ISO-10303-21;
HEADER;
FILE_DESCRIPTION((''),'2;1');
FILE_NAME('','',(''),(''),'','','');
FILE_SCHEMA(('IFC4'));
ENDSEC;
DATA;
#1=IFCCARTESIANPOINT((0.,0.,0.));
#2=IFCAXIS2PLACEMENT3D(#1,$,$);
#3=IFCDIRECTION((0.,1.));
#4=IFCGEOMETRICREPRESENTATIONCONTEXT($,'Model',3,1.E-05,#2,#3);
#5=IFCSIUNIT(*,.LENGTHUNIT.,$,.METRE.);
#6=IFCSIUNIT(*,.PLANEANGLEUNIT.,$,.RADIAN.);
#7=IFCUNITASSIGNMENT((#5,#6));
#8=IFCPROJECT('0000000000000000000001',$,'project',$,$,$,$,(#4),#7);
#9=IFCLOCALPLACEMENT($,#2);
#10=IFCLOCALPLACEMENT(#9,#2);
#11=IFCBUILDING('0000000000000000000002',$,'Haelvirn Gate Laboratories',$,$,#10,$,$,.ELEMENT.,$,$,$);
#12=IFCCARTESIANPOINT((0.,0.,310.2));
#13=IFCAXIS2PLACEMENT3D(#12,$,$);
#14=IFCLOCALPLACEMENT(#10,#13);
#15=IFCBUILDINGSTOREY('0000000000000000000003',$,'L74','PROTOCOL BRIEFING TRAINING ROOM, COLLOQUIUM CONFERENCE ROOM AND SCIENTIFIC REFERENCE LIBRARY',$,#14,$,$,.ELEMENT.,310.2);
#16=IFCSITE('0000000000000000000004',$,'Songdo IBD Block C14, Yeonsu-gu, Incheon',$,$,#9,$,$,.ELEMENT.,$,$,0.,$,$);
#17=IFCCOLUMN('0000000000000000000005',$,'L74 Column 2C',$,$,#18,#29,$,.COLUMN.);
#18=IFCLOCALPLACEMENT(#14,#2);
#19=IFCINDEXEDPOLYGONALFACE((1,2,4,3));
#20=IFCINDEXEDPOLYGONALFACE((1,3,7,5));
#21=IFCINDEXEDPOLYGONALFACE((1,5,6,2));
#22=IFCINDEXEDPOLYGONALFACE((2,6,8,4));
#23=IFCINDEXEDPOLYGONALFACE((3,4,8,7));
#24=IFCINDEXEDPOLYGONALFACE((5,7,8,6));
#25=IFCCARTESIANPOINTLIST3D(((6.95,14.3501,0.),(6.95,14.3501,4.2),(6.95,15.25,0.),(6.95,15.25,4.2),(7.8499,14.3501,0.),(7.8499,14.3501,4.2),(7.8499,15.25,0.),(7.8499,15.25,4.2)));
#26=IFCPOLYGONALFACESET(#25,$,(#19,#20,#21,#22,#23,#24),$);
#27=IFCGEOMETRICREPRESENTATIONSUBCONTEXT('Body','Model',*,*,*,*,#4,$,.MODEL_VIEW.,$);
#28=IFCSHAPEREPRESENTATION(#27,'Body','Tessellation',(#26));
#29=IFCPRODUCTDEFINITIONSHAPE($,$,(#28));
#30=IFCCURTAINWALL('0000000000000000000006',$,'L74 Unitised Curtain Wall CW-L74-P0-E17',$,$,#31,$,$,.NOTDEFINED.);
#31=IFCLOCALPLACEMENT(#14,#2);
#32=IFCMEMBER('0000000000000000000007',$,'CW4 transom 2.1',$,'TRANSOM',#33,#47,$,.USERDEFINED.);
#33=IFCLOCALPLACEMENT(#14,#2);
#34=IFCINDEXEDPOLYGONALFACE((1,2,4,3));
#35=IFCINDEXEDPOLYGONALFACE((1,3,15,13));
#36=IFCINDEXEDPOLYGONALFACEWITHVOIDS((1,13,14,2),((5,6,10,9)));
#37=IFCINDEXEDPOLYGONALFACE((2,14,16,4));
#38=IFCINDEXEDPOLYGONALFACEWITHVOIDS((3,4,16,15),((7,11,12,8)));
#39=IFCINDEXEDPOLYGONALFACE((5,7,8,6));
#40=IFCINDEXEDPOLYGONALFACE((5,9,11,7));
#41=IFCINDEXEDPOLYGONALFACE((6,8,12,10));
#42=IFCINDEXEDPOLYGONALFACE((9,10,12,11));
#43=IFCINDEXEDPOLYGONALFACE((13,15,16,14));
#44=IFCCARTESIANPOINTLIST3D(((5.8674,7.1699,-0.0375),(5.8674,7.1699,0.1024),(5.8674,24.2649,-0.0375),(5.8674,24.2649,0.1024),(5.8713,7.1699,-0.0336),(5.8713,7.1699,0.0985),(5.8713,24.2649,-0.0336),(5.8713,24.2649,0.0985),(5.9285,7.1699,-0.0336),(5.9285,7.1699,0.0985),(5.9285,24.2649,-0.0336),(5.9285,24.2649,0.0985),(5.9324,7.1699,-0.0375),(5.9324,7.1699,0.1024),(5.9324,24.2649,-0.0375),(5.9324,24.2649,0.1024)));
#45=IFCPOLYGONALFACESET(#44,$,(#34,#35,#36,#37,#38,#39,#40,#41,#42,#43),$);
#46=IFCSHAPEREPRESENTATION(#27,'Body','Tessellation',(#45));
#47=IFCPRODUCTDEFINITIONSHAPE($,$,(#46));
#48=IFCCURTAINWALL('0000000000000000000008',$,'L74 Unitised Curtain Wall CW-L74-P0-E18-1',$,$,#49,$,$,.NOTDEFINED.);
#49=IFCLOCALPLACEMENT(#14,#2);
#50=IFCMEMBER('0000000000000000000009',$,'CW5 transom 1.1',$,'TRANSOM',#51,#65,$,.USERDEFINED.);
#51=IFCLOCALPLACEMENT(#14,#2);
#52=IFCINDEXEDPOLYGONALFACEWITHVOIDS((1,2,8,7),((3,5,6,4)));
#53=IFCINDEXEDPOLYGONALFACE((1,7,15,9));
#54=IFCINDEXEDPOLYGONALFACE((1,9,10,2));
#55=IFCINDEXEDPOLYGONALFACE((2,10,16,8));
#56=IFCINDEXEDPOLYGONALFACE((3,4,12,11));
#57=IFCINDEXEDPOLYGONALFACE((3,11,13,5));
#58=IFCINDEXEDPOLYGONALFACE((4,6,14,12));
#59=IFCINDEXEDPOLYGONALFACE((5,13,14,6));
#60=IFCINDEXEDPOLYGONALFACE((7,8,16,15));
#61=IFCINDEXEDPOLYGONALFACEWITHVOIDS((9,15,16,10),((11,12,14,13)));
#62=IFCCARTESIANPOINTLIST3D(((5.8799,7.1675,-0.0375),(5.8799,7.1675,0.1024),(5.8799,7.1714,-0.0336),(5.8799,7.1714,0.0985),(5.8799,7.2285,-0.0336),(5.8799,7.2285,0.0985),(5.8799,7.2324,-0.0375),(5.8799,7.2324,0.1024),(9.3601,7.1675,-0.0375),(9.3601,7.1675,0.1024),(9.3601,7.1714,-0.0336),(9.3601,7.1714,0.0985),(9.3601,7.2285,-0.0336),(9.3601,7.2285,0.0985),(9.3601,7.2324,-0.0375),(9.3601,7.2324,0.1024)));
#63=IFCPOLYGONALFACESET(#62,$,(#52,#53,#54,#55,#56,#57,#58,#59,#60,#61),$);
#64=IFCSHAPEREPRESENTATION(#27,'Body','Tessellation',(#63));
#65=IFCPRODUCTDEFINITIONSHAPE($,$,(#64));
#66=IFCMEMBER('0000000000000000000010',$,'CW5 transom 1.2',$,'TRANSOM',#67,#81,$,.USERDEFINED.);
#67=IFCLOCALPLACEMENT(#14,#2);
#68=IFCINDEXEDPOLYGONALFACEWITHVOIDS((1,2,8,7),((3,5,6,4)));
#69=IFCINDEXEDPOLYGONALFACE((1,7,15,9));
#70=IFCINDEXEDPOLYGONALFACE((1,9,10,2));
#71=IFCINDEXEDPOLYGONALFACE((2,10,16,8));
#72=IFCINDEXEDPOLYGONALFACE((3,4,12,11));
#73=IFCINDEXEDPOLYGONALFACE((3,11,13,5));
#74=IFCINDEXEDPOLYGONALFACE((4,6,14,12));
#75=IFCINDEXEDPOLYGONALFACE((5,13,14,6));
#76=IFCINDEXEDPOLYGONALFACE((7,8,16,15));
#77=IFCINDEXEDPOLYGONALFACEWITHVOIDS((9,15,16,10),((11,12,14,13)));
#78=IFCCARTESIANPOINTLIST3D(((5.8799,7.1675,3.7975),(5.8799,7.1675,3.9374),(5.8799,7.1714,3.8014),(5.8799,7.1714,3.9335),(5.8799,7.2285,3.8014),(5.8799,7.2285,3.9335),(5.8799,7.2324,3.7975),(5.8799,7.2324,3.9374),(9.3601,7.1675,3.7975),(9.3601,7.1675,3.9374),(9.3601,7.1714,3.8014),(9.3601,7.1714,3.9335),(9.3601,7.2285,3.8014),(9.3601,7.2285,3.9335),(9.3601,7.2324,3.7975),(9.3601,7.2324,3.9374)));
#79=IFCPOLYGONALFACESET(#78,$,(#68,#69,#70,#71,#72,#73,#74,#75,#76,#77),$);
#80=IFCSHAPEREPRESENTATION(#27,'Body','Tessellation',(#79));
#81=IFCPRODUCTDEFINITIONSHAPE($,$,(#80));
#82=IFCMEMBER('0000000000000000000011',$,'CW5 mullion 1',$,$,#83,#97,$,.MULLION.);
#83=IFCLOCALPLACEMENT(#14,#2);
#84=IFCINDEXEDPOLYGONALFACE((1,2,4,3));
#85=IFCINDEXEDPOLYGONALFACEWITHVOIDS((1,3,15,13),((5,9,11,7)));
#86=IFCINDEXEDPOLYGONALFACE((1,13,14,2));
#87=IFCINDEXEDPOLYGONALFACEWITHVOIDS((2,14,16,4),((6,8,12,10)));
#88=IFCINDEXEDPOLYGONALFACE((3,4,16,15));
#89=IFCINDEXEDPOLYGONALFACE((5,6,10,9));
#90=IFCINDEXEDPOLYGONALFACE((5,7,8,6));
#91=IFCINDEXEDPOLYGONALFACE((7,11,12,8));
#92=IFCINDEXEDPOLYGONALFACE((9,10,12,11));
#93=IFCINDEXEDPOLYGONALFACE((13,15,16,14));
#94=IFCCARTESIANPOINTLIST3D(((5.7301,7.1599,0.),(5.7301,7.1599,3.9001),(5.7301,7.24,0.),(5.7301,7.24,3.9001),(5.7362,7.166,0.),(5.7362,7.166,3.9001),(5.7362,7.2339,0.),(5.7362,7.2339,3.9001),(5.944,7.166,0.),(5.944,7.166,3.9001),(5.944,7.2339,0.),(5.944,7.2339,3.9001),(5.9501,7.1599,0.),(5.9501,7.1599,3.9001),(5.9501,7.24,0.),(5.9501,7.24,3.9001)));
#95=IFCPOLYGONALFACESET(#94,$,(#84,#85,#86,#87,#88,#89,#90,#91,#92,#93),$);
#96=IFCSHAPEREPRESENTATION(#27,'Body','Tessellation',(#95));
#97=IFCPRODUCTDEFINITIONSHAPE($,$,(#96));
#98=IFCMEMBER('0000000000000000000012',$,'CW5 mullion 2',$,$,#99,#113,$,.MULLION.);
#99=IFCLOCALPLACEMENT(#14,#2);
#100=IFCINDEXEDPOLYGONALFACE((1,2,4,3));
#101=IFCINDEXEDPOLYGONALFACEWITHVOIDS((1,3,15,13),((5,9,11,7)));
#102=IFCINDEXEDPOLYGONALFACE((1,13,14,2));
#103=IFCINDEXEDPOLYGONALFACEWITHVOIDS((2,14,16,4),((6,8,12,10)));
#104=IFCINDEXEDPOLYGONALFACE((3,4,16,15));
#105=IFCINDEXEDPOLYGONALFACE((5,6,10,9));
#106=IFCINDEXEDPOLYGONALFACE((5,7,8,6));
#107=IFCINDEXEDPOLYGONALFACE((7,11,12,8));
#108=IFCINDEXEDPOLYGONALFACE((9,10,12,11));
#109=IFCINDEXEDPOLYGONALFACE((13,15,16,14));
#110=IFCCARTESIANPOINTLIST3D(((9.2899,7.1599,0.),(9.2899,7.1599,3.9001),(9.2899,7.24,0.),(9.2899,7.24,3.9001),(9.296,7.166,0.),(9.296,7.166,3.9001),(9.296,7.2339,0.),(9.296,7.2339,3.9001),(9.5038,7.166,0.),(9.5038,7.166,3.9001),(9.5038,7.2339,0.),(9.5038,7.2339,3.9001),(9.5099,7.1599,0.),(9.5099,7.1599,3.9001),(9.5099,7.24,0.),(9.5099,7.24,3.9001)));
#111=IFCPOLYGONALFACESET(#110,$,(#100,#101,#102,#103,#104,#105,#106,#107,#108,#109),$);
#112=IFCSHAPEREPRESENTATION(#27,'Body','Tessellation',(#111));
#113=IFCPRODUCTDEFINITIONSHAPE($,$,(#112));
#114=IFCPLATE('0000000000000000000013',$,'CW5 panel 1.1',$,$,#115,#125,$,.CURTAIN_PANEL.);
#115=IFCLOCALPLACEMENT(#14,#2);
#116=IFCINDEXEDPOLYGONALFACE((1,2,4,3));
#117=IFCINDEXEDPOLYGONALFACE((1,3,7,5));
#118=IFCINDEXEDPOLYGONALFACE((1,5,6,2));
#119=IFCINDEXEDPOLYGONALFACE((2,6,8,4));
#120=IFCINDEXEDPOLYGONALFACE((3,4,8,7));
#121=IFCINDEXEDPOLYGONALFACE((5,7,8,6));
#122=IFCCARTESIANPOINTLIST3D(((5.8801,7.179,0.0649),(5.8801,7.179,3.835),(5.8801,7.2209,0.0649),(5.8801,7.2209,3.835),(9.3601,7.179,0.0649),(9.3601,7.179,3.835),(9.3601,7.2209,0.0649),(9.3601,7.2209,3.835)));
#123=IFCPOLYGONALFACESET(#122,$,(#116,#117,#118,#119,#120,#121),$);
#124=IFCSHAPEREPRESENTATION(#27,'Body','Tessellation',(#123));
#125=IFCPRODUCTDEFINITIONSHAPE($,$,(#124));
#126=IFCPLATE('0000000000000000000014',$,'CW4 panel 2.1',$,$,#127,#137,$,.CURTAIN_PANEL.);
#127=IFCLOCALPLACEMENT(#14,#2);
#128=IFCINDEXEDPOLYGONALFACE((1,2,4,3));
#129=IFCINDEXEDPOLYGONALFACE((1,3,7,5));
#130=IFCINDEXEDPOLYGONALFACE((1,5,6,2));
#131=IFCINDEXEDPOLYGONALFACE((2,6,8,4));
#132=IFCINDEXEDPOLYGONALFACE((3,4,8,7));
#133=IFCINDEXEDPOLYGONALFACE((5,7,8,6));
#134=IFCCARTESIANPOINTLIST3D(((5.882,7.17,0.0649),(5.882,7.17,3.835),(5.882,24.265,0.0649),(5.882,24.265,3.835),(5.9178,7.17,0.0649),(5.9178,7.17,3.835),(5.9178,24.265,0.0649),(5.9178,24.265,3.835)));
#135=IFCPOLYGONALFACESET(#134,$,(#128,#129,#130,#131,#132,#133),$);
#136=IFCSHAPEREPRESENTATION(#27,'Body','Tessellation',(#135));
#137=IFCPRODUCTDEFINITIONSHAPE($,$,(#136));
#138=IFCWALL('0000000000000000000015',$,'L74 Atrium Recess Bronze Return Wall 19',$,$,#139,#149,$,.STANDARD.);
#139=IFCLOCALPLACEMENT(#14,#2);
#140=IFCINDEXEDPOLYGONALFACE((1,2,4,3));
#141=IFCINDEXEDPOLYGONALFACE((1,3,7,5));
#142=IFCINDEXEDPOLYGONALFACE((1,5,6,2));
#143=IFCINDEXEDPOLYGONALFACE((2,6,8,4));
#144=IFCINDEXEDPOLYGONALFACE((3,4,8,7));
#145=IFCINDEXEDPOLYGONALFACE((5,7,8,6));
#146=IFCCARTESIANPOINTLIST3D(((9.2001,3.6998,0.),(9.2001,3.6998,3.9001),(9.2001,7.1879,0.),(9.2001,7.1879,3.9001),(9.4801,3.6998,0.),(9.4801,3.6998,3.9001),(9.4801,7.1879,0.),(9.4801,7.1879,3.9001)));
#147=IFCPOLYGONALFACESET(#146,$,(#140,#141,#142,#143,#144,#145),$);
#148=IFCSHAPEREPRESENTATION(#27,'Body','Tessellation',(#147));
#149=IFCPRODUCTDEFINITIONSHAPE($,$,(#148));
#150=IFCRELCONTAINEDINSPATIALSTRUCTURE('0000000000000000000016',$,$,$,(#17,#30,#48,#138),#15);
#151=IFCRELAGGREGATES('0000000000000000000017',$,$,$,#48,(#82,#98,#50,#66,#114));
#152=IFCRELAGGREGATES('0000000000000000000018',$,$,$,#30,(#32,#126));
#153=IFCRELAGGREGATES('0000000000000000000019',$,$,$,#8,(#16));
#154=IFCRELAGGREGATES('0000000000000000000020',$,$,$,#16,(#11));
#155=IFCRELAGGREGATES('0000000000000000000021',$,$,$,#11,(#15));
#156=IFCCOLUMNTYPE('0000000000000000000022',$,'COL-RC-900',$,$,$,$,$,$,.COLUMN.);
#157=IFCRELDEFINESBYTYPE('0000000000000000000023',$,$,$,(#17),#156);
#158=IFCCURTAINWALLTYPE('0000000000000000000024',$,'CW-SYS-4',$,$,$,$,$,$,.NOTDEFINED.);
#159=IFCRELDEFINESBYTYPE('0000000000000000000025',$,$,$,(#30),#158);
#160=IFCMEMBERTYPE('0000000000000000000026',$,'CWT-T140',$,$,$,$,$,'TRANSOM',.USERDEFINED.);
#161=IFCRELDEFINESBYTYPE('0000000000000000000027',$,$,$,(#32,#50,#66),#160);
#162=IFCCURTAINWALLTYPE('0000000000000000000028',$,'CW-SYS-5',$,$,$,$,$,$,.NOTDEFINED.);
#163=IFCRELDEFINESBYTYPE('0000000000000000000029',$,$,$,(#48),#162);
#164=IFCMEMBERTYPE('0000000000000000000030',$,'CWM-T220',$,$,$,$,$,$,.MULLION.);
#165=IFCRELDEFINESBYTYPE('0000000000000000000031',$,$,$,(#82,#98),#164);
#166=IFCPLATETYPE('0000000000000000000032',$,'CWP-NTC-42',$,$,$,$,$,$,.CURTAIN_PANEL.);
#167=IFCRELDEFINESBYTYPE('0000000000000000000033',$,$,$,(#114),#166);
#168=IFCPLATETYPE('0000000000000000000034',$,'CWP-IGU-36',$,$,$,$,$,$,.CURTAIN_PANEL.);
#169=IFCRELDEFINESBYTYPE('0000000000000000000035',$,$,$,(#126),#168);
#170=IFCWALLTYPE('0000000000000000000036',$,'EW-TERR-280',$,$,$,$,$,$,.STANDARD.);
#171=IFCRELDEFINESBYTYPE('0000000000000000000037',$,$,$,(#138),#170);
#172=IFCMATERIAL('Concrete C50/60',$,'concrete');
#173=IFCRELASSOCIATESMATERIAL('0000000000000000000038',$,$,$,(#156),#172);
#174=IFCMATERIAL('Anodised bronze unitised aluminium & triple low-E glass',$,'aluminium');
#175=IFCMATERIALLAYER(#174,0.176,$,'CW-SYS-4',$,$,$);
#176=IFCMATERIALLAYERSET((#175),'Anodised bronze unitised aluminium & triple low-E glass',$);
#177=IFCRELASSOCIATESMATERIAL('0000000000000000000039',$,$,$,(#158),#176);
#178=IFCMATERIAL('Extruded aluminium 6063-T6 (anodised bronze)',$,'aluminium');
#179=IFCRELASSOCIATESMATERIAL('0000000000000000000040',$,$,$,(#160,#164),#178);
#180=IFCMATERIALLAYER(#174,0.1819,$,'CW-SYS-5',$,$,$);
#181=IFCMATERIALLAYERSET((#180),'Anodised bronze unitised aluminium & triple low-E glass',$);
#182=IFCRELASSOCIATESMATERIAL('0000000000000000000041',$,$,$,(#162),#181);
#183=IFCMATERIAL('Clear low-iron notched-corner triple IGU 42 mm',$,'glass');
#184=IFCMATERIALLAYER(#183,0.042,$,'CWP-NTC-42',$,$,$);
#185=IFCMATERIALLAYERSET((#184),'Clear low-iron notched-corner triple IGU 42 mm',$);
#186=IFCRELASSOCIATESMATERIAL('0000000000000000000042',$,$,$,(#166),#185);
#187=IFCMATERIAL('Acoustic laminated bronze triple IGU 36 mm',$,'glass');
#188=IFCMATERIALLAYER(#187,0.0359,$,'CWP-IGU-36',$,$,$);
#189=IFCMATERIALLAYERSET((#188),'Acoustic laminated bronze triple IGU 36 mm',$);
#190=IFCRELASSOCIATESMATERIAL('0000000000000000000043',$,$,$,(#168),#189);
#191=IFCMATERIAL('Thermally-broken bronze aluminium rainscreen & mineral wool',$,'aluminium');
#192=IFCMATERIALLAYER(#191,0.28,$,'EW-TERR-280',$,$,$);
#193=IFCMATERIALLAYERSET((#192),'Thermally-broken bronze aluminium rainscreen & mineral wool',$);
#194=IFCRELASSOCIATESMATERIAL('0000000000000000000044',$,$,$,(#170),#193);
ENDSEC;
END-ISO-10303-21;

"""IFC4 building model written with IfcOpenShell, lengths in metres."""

from ifc_helpers import new_model, si_unit, direction, frame, frame_2d, origin, origin_2d, place, context, subcontext, project, spatial, rectangle, hollow_rectangle, extrude, source, transform, mapped, material, layer, layer_set, material_profile, profile_set, type_object, type_shapes, element, aggregate, save


model = new_model("IFC4")

# Units and contexts
model_context = context("Model", 3, precision=1e-05, world=origin(), true_north=direction((0.0, 1.0)))
body_context = subcontext(model_context, "Body", "Model", "MODEL_VIEW")
ifc_project = project(units=[si_unit("LENGTHUNIT", "METRE"), si_unit("PLANEANGLEUNIT", "RADIAN")], contexts=[model_context])

# Site, building, storey
site_placement = place(None, origin())
site = spatial("IfcSite", under=ifc_project, at=site_placement, Name="Songdo IBD Block C14, Yeonsu-gu, Incheon", CompositionType="ELEMENT", RefElevation=0.0)
building_placement = place(site_placement, origin())
building = spatial("IfcBuilding", under=site, at=building_placement, Name="Haelvirn Gate Laboratories", CompositionType="ELEMENT")
storey_placement = place(building_placement, frame((0.0, 0.0, 310.2)))
storey = spatial("IfcBuildingStorey", under=building, at=storey_placement, Name="L74", Description="PROTOCOL BRIEFING TRAINING ROOM, COLLOQUIUM CONFERENCE ROOM AND SCIENTIFIC REFERENCE LIBRARY", CompositionType="ELEMENT", Elevation=310.2)

# Column
ifc_material_1 = material(Name="Concrete C50/60", Category="concrete")
ifc_material_profile_1 = material_profile(ifc_material_1, rectangle(XDim=0.8999, YDim=0.8999, at=origin_2d()), Name="RC-900x900")
ifc_profile_set_1 = profile_set([ifc_material_profile_1], Name="Concrete C50/60")
column_type = type_object("IfcColumnType", Name="COL-RC-900", PredefinedType="COLUMN", material=ifc_profile_set_1)
shared_shape_1 = source(origin(), body_context, "Body", "SweptSolid", [
    extrude(rectangle(XDim=0.8999, YDim=0.8999, at=origin_2d()), origin(), (0.0, 0.0, 1.0), 4.2),
])
type_shapes(column_type, [shared_shape_1])
column_placement = place(storey_placement, frame((7.3999, 14.8, 0.0), z_axis=(0.0, 0.0, 1.0), x_axis=(1.0, 0.0, 0.0)))
element("IfcColumn", 1, at=column_placement, inside=storey, type_object=column_type, Name="L74 Column 2C", PredefinedType="COLUMN", context=body_context, shape_type="MappedRepresentation", body=[
    mapped(shared_shape_1, transform((0.0, 0.0, 0.0), scale=1.0)),
])

# Curtain wall, member
ifc_material_2 = material(Name="Anodised bronze unitised aluminium & triple low-E glass", Category="aluminium")
ifc_layer_1 = layer(ifc_material_2, 0.176, Name="CW-SYS-4")
ifc_layer_set_1 = layer_set([ifc_layer_1], Name="Anodised bronze unitised aluminium & triple low-E glass")
curtain_wall_type_1 = type_object("IfcCurtainWallType", Name="CW-SYS-4", PredefinedType="NOTDEFINED", material=ifc_layer_set_1)
curtain_wall_1_placement = place(storey_placement, origin())
curtain_wall_1 = element("IfcCurtainWall", 2, at=curtain_wall_1_placement, inside=storey, type_object=curtain_wall_type_1, Name="L74 Unitised Curtain Wall CW-L74-P0-E17", PredefinedType="NOTDEFINED")
ifc_material_3 = material(Name="Extruded aluminium 6063-T6 (anodised bronze)", Category="aluminium")
ifc_material_profile_2 = material_profile(ifc_material_3, hollow_rectangle(XDim=0.0649, YDim=0.1399, WallThickness=0.0039, at=origin_2d()), Name="CWT-140x65x4")
ifc_profile_set_2 = profile_set([ifc_material_profile_2], Name="Extruded aluminium 6063-T6 (anodised bronze)")
member_type_1 = type_object("IfcMemberType", Name="CWT-T140", ElementType="TRANSOM", PredefinedType="USERDEFINED", material=ifc_profile_set_2)
shared_shape_2 = source(origin(), body_context, "Body", "SweptSolid", [
    extrude(hollow_rectangle(XDim=0.0649, YDim=0.1399, WallThickness=0.0039, at=origin_2d()), origin(), (0.0, 0.0, 1.0), 17.095),
])
member_1_placement = place(storey_placement, frame((5.8999, 24.2649, 0.0325), z_axis=(0.0, -1.0, 0.0), x_axis=(1.0, 0.0, 0.0)))
member_1 = element("IfcMember", 3, at=member_1_placement, type_object=member_type_1, Name="CW4 transom 2.1", ObjectType="TRANSOM", PredefinedType="USERDEFINED", context=body_context, shape_type="MappedRepresentation", body=[
    mapped(shared_shape_2, transform((0.0, 0.0, 0.0), scale=1.0)),
])

# Curtain wall, members, plate
ifc_layer_2 = layer(ifc_material_2, 0.1819, Name="CW-SYS-5")
ifc_layer_set_2 = layer_set([ifc_layer_2], Name="Anodised bronze unitised aluminium & triple low-E glass")
curtain_wall_type_2 = type_object("IfcCurtainWallType", Name="CW-SYS-5", PredefinedType="NOTDEFINED", material=ifc_layer_set_2)
curtain_wall_2_placement = place(storey_placement, origin())
curtain_wall_2 = element("IfcCurtainWall", 4, at=curtain_wall_2_placement, inside=storey, type_object=curtain_wall_type_2, Name="L74 Unitised Curtain Wall CW-L74-P0-E18-1", PredefinedType="NOTDEFINED")
shared_shape_3 = source(origin(), body_context, "Body", "SweptSolid", [
    extrude(hollow_rectangle(XDim=0.0649, YDim=0.1399, WallThickness=0.0039, at=origin_2d()), origin(), (0.0, 0.0, 1.0), 3.4802),
])
type_shapes(member_type_1, [shared_shape_2, shared_shape_3])
member_2_placement = place(storey_placement, frame((5.8799, 7.2, 0.0325), z_axis=(1.0, 0.0, 0.0), x_axis=(0.0, 1.0, 0.0)))
member_2 = element("IfcMember", 5, at=member_2_placement, type_object=member_type_1, Name="CW5 transom 1.1", ObjectType="TRANSOM", PredefinedType="USERDEFINED", context=body_context, shape_type="MappedRepresentation", body=[
    mapped(shared_shape_3, transform((0.0, 0.0, 0.0), scale=1.0)),
])
member_3_placement = place(storey_placement, frame((5.8799, 7.2, 3.8674), z_axis=(1.0, 0.0, 0.0), x_axis=(0.0, 1.0, 0.0)))
member_3 = element("IfcMember", 6, at=member_3_placement, type_object=member_type_1, Name="CW5 transom 1.2", ObjectType="TRANSOM", PredefinedType="USERDEFINED", context=body_context, shape_type="MappedRepresentation", body=[
    mapped(shared_shape_3, transform((0.0, 0.0, 0.0), scale=1.0)),
])
ifc_material_profile_3 = material_profile(ifc_material_3, hollow_rectangle(XDim=0.0801, YDim=0.22, WallThickness=0.0061, at=origin_2d()), Name="CWM-220x80x6")
ifc_profile_set_3 = profile_set([ifc_material_profile_3], Name="Extruded aluminium 6063-T6 (anodised bronze)")
member_type_2 = type_object("IfcMemberType", Name="CWM-T220", PredefinedType="MULLION", material=ifc_profile_set_3)
shared_shape_4 = source(origin(), body_context, "Body", "SweptSolid", [
    extrude(hollow_rectangle(XDim=0.0801, YDim=0.22, WallThickness=0.0061, at=origin_2d()), origin(), (0.0, 0.0, 1.0), 3.9001),
])
type_shapes(member_type_2, [shared_shape_4])
member_4_placement = place(storey_placement, frame((5.8401, 7.2, 0.0), z_axis=(0.0, 0.0, 1.0), x_axis=(0.0, 1.0, 0.0)))
member_4 = element("IfcMember", 7, at=member_4_placement, type_object=member_type_2, Name="CW5 mullion 1", PredefinedType="MULLION", context=body_context, shape_type="MappedRepresentation", body=[
    mapped(shared_shape_4, transform((0.0, 0.0, 0.0), scale=1.0)),
])
member_5_placement = place(storey_placement, frame((9.3999, 7.2, 0.0), z_axis=(0.0, 0.0, 1.0), x_axis=(0.0, 1.0, 0.0)))
member_5 = element("IfcMember", 8, at=member_5_placement, type_object=member_type_2, Name="CW5 mullion 2", PredefinedType="MULLION", context=body_context, shape_type="MappedRepresentation", body=[
    mapped(shared_shape_4, transform((0.0, 0.0, 0.0), scale=1.0)),
])
ifc_material_4 = material(Name="Clear low-iron notched-corner triple IGU 42 mm", Category="glass")
ifc_layer_3 = layer(ifc_material_4, 0.042, Name="CWP-NTC-42")
ifc_layer_set_3 = layer_set([ifc_layer_3], Name="Clear low-iron notched-corner triple IGU 42 mm")
plate_type_1 = type_object("IfcPlateType", Name="CWP-NTC-42", PredefinedType="CURTAIN_PANEL", material=ifc_layer_set_3)
shared_shape_5 = source(origin(), body_context, "Body", "SweptSolid", [
    extrude(rectangle(XDim=3.48, YDim=0.042, at=origin_2d()), origin(), (0.0, 0.0, 1.0), 3.77),
])
type_shapes(plate_type_1, [shared_shape_5])
plate_1_placement = place(storey_placement, frame((7.6201, 7.2, 0.0649), z_axis=(0.0, 0.0, 1.0), x_axis=(1.0, 0.0, 0.0)))
plate_1 = element("IfcPlate", 9, at=plate_1_placement, type_object=plate_type_1, Name="CW5 panel 1.1", PredefinedType="CURTAIN_PANEL", context=body_context, shape_type="MappedRepresentation", body=[
    mapped(shared_shape_5, transform((0.0, 0.0, 0.0), scale=1.0)),
])
aggregate(curtain_wall_2, [member_4, member_5, member_2, member_3, plate_1])

# Plate
ifc_material_5 = material(Name="Acoustic laminated bronze triple IGU 36 mm", Category="glass")
ifc_layer_4 = layer(ifc_material_5, 0.0359, Name="CWP-IGU-36")
ifc_layer_set_4 = layer_set([ifc_layer_4], Name="Acoustic laminated bronze triple IGU 36 mm")
plate_type_2 = type_object("IfcPlateType", Name="CWP-IGU-36", PredefinedType="CURTAIN_PANEL", material=ifc_layer_set_4)
shared_shape_6 = source(origin(), body_context, "Body", "SweptSolid", [
    extrude(rectangle(XDim=17.095, YDim=0.0359, at=origin_2d()), origin(), (0.0, 0.0, 1.0), 3.77),
])
type_shapes(plate_type_2, [shared_shape_6])
plate_2_placement = place(storey_placement, frame((5.8999, 15.7175, 0.0649), z_axis=(0.0, 0.0, 1.0), x_axis=(0.0, -1.0, 0.0)))
plate_2 = element("IfcPlate", 10, at=plate_2_placement, type_object=plate_type_2, Name="CW4 panel 2.1", PredefinedType="CURTAIN_PANEL", context=body_context, shape_type="MappedRepresentation", body=[
    mapped(shared_shape_6, transform((0.0, 0.0, 0.0), scale=1.0)),
])
aggregate(curtain_wall_1, [member_1, plate_2])

# Wall
ifc_material_6 = material(Name="Thermally-broken bronze aluminium rainscreen & mineral wool", Category="aluminium")
ifc_layer_5 = layer(ifc_material_6, 0.28, Name="EW-TERR-280")
ifc_layer_set_5 = layer_set([ifc_layer_5], Name="Thermally-broken bronze aluminium rainscreen & mineral wool")
wall_type_1 = type_object("IfcWallType", Name="EW-TERR-280", PredefinedType="STANDARD", material=ifc_layer_set_5)
wall_1_placement = place(storey_placement, frame((9.3401, 7.188, 0.0), z_axis=(0.0, 0.0, 1.0), x_axis=(0.0, -1.0, 0.0)))
element("IfcWall", 11, at=wall_1_placement, inside=storey, type_object=wall_type_1, Name="L74 Atrium Recess Bronze Return Wall 19", PredefinedType="STANDARD", context=body_context, shape_type="SweptSolid", body=[
    extrude(rectangle(XDim=3.488, YDim=0.28, at=frame_2d((1.7441, 0.0))), origin(), (0.0, 0.0, 1.0), 3.9001),
])

save(model, "model.ifc")
